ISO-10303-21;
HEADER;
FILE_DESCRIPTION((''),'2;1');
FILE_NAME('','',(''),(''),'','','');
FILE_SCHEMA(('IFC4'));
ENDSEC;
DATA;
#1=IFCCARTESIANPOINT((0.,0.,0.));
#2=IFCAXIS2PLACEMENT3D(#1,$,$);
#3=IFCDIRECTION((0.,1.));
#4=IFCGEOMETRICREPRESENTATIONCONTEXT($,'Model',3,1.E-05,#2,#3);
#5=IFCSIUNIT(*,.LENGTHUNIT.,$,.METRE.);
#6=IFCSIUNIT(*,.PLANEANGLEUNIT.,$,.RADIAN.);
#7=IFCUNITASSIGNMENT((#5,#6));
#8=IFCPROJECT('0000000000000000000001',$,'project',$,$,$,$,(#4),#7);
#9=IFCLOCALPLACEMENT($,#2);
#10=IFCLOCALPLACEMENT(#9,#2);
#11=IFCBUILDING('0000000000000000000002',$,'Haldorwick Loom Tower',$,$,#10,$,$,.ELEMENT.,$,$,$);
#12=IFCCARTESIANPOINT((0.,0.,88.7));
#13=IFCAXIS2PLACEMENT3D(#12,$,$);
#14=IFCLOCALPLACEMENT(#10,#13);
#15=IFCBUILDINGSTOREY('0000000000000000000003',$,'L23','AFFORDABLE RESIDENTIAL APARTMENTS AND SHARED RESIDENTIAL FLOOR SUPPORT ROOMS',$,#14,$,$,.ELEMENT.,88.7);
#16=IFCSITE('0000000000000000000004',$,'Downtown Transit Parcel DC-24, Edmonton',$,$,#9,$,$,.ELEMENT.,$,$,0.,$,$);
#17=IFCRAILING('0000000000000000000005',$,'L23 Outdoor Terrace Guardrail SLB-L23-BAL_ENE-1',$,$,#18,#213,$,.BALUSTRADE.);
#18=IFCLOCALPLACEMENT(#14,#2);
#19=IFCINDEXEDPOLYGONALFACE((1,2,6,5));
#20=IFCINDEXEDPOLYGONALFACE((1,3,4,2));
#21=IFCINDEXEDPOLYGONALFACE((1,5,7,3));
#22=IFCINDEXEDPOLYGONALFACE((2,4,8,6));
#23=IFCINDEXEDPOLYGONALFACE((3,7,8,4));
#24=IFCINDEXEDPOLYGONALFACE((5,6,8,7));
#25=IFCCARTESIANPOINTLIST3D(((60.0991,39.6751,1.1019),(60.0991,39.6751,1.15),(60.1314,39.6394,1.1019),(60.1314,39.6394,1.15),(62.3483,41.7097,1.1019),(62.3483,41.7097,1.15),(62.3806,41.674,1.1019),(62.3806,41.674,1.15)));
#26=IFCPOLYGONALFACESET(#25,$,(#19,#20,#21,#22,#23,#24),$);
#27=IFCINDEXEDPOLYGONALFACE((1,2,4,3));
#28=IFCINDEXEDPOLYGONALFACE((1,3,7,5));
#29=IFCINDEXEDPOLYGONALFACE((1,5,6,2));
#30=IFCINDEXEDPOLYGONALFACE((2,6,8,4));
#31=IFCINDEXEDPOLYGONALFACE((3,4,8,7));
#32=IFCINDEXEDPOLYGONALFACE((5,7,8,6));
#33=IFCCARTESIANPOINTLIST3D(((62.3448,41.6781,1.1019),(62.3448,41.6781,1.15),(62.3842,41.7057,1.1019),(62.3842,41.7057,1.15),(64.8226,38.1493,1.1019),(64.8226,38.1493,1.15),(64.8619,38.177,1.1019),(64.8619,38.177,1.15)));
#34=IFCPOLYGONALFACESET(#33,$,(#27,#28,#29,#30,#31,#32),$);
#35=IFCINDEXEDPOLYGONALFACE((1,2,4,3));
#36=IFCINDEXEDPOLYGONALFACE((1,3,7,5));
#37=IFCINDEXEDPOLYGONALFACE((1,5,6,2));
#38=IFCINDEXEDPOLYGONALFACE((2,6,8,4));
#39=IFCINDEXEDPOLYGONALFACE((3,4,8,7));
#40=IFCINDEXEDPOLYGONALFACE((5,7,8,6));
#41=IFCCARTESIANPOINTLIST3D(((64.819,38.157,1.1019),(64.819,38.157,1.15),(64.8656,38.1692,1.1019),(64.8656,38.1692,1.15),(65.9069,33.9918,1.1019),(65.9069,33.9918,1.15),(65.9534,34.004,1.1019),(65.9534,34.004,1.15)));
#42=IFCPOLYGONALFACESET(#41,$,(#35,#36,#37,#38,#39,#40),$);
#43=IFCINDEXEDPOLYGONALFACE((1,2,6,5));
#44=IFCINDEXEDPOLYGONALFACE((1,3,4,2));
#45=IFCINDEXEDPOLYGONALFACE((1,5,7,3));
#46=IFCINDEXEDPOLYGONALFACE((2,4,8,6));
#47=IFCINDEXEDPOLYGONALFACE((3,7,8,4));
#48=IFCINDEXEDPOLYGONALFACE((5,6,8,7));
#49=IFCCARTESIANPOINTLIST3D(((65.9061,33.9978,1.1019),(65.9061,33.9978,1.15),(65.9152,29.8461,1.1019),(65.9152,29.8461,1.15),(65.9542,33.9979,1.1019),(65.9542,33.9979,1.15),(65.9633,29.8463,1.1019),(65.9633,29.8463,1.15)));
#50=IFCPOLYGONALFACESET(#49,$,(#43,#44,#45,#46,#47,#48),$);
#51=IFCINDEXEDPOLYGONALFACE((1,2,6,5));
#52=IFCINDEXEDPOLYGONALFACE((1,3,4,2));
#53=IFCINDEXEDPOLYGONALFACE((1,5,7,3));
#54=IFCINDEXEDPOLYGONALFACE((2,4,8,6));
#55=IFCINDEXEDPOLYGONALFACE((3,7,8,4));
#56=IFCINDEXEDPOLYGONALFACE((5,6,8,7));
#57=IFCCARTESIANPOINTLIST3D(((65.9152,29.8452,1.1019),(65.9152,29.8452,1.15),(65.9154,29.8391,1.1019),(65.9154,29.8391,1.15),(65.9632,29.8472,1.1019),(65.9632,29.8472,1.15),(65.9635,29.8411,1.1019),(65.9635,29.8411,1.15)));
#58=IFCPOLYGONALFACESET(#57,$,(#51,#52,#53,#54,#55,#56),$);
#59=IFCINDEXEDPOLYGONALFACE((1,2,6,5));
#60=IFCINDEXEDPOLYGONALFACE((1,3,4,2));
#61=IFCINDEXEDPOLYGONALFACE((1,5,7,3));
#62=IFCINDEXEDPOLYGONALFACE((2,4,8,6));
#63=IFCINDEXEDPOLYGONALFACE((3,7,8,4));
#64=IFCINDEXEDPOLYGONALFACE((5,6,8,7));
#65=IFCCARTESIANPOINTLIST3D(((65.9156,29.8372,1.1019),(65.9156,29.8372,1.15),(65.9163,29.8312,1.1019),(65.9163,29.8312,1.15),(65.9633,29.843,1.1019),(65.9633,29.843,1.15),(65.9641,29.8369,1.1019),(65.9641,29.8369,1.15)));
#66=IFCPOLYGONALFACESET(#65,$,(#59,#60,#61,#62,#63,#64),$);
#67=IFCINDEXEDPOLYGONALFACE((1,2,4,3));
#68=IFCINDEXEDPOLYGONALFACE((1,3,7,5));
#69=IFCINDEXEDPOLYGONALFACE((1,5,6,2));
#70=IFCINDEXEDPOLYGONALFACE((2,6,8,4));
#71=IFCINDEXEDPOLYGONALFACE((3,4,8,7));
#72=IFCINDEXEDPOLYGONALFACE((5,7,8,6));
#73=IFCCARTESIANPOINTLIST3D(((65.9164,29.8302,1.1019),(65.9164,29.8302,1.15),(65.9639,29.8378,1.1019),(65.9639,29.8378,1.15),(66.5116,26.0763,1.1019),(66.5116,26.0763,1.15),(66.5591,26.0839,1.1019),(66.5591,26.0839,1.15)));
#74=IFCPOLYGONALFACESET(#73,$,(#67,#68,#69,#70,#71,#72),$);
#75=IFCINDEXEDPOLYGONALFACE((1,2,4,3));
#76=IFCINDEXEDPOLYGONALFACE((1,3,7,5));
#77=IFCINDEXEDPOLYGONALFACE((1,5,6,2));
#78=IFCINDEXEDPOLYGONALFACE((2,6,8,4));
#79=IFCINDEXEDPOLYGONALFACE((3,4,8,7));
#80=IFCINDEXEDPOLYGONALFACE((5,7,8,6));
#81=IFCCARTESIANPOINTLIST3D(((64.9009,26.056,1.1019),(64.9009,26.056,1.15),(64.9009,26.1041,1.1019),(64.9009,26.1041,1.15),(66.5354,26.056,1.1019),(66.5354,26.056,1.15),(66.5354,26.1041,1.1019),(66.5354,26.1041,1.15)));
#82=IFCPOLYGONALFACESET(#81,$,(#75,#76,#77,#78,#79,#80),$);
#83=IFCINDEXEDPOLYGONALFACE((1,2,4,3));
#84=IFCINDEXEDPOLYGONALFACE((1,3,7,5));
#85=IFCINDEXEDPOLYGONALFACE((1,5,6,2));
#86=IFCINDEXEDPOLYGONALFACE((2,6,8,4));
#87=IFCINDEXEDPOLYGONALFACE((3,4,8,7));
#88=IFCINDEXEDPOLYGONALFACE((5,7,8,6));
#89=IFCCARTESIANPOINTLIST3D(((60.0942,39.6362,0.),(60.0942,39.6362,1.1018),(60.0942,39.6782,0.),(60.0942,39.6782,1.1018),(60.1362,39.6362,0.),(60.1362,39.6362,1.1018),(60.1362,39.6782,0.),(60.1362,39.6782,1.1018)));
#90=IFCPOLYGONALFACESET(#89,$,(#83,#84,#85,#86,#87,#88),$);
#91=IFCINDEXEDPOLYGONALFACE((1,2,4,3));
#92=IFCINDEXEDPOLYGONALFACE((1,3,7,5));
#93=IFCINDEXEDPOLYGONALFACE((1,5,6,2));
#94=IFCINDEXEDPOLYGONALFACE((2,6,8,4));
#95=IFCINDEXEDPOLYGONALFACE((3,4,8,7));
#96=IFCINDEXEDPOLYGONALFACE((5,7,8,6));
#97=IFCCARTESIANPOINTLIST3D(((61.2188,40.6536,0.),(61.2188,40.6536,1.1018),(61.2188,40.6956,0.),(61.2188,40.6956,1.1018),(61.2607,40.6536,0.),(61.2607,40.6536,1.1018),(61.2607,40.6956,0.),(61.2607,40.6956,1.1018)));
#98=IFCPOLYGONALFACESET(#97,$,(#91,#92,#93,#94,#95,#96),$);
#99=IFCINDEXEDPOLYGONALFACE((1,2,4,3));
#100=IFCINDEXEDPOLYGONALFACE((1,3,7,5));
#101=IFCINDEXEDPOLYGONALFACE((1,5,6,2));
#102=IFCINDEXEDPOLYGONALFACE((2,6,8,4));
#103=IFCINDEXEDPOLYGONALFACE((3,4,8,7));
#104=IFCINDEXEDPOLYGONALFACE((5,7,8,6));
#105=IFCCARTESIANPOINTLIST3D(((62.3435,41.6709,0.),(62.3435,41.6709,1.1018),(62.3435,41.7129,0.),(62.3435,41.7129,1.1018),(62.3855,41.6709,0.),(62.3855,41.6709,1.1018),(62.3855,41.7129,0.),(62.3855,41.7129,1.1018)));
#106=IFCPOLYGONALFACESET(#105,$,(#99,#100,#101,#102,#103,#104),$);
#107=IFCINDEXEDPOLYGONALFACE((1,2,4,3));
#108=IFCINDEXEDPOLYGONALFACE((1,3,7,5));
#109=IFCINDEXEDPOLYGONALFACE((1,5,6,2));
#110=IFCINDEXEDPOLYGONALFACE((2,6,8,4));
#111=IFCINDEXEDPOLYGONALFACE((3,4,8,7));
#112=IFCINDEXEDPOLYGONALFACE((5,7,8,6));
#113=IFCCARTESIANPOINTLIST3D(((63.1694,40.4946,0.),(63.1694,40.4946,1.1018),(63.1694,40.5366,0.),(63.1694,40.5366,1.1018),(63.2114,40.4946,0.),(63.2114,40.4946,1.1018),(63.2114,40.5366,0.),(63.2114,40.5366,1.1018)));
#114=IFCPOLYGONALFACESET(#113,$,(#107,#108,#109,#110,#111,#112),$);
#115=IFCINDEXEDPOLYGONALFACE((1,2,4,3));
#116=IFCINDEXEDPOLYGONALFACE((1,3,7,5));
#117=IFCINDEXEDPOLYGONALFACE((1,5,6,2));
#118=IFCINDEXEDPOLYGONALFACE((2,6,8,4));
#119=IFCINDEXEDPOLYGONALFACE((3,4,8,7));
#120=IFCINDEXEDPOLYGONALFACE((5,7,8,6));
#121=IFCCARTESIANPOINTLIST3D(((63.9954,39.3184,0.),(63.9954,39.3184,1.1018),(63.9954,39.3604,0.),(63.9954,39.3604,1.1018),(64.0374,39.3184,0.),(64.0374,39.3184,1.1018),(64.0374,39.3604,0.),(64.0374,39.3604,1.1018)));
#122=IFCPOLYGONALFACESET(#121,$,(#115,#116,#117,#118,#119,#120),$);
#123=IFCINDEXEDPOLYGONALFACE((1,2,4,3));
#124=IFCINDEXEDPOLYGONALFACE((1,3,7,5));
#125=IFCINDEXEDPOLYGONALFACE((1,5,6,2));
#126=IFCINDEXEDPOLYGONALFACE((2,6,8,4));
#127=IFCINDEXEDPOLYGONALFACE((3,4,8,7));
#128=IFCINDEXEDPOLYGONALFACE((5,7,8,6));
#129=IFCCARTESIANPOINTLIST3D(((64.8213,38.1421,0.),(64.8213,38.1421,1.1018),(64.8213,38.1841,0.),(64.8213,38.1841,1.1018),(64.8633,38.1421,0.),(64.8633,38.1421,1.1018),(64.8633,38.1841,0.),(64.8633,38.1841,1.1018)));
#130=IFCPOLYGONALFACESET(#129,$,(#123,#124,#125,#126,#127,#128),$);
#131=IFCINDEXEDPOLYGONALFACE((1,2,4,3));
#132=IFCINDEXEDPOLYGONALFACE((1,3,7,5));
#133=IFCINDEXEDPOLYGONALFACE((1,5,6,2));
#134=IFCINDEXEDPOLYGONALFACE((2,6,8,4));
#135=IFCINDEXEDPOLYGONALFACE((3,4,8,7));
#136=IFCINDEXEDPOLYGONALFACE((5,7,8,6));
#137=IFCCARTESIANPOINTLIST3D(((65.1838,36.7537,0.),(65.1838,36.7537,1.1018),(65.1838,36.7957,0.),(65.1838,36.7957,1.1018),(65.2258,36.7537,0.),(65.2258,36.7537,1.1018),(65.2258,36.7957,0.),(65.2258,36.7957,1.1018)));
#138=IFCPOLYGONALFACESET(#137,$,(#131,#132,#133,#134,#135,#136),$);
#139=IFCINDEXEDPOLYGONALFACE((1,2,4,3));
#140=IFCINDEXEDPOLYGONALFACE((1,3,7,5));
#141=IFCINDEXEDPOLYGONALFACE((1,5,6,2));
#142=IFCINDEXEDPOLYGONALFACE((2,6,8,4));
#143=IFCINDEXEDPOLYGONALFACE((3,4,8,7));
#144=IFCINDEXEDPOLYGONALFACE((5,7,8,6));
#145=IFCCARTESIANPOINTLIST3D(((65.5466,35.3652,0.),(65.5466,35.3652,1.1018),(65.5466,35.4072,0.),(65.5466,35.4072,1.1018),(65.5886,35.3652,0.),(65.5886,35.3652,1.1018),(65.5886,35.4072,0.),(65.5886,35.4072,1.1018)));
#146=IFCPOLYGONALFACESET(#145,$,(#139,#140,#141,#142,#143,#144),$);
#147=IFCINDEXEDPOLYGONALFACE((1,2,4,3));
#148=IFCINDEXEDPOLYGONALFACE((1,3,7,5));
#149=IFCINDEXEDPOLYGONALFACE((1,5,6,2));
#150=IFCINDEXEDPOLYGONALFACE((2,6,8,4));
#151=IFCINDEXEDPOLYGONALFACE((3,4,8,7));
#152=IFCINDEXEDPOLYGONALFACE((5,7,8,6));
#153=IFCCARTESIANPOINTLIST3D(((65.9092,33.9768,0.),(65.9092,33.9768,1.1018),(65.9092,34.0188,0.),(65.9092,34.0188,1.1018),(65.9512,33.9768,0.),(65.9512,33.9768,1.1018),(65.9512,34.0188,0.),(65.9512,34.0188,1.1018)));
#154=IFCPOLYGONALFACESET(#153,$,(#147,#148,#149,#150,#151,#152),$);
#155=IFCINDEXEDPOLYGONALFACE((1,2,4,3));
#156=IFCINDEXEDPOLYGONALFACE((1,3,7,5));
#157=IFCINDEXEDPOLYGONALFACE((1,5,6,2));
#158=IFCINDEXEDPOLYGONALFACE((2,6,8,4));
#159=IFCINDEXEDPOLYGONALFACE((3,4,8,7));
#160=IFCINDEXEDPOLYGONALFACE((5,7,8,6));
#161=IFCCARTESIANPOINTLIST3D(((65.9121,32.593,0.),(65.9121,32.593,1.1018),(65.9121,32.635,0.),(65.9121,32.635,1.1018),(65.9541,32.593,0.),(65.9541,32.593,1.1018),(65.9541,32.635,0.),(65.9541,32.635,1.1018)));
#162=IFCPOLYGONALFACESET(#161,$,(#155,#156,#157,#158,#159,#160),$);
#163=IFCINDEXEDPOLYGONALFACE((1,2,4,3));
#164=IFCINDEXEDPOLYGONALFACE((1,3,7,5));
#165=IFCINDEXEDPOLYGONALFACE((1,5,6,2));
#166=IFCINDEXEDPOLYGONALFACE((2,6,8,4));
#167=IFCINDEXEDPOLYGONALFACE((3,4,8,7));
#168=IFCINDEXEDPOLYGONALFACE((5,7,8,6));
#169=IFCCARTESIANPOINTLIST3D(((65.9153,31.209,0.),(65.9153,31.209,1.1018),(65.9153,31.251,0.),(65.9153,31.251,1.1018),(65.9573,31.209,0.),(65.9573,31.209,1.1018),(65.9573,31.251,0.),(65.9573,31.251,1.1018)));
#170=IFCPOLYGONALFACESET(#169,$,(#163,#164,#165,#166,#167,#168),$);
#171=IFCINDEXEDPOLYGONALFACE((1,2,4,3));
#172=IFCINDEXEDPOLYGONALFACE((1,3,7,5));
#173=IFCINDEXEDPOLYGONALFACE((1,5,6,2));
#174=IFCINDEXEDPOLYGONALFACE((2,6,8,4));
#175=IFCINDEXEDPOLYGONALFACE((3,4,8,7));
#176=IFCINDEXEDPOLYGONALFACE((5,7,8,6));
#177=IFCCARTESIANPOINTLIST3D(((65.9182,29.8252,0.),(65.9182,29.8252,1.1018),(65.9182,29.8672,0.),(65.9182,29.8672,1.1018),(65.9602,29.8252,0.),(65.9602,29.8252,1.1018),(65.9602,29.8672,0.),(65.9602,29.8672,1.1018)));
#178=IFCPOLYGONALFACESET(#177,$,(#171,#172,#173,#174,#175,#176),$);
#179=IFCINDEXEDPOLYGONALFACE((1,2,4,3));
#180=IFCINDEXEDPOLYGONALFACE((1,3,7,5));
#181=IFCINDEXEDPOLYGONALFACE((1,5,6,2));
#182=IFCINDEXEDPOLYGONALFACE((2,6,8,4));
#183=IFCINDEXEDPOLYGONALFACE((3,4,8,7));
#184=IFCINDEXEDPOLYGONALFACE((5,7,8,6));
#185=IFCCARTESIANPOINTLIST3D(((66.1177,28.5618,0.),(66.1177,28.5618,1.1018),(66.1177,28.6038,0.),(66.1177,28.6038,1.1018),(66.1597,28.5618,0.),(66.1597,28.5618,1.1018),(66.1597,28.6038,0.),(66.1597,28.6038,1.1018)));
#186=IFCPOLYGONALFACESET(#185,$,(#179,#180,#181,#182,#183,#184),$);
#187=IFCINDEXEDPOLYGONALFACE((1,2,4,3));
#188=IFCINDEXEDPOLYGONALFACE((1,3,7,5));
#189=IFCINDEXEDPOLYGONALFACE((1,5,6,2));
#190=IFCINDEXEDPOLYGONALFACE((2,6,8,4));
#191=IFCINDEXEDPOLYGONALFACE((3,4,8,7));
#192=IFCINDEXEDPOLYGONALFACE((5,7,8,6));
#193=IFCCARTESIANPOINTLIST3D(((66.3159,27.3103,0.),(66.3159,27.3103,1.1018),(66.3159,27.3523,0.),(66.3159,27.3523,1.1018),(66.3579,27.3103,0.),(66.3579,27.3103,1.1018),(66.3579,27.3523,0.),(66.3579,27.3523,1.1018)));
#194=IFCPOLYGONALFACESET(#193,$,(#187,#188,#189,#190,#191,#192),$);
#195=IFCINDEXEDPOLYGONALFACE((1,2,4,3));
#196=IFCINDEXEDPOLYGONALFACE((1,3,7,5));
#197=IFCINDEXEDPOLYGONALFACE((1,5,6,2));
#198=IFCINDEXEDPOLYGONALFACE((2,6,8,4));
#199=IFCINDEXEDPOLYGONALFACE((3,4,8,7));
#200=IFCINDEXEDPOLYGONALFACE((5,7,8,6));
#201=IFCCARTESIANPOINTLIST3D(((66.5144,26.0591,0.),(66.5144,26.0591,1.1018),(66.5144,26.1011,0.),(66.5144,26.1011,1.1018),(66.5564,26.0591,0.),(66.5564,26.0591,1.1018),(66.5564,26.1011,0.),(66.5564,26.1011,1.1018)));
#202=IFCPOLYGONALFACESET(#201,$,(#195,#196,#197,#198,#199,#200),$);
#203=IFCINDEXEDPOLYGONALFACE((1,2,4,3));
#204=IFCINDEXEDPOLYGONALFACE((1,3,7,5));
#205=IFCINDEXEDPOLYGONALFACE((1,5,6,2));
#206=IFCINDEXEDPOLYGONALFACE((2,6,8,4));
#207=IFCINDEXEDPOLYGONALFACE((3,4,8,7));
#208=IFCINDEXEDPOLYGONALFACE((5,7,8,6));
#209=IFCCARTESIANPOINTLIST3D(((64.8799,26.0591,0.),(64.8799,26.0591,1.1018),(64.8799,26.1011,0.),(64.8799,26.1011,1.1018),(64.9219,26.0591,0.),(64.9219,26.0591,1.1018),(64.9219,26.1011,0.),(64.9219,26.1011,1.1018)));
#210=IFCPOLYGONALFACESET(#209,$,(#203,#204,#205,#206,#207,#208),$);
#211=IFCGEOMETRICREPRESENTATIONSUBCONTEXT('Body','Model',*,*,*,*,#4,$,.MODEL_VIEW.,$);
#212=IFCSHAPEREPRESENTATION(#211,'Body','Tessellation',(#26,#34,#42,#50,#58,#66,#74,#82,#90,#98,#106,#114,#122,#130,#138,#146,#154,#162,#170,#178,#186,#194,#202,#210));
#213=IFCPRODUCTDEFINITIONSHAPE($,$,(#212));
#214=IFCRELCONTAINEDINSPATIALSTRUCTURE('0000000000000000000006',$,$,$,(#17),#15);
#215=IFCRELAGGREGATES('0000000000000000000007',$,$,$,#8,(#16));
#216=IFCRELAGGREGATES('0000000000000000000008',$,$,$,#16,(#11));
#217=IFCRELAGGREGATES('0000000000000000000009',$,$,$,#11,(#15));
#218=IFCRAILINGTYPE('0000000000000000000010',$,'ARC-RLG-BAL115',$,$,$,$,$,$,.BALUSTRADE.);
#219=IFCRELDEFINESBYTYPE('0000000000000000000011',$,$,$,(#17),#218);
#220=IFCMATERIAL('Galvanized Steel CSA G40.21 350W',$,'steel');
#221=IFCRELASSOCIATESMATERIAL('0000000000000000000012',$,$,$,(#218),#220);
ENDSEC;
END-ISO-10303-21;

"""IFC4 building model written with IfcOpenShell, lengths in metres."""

from ifc_helpers import new_model, si_unit, direction, frame, origin, origin_2d, place, context, subcontext, project, spatial, rectangle, extrude, material, type_object, element, save


model = new_model("IFC4")

# Units and contexts
model_context = context("Model", 3, precision=1e-05, world=origin(), true_north=direction((0.0, 1.0)))
body_context = subcontext(model_context, "Body", "Model", "MODEL_VIEW")
ifc_project = project(units=[si_unit("LENGTHUNIT", "METRE"), si_unit("PLANEANGLEUNIT", "RADIAN")], contexts=[model_context])

# Site, building, storey
site_placement = place(None, origin())
site = spatial("IfcSite", under=ifc_project, at=site_placement, Name="Downtown Transit Parcel DC-24, Edmonton", CompositionType="ELEMENT", RefElevation=0.0)
building_placement = place(site_placement, origin())
building = spatial("IfcBuilding", under=site, at=building_placement, Name="Haldorwick Loom Tower", CompositionType="ELEMENT")
storey_placement = place(building_placement, frame((0.0, 0.0, 88.7)))
storey = spatial("IfcBuildingStorey", under=building, at=storey_placement, Name="L23", Description="AFFORDABLE RESIDENTIAL APARTMENTS AND SHARED RESIDENTIAL FLOOR SUPPORT ROOMS", CompositionType="ELEMENT", Elevation=88.7)

# Railing
ifc_material_1 = material(Name="Galvanized Steel CSA G40.21 350W", Category="steel")
railing_type_1 = type_object("IfcRailingType", Name="ARC-RLG-BAL115", PredefinedType="BALUSTRADE", material=ifc_material_1)
railing_1_placement = place(storey_placement, frame((60.1152, 39.6572, 0.0)))
element("IfcRailing", 1, at=railing_1_placement, inside=storey, type_object=railing_type_1, Name="L23 Outdoor Terrace Guardrail SLB-L23-BAL_ENE-1", PredefinedType="BALUSTRADE", context=body_context, shape_type="SweptSolid", body=[
    extrude(rectangle(XDim=0.0481, YDim=0.0481, at=origin_2d()), frame((0.0, 0.0, 1.126), z_axis=(0.741599, 0.670844, 0.0), x_axis=(-0.670844, 0.741599, 0.0)), (0.0, 0.0, 1.0), 3.033),
    extrude(rectangle(XDim=0.0481, YDim=0.0481, at=origin_2d()), frame((2.2493, 2.0347, 1.126), z_axis=(0.574647, -0.818401, 0.0), x_axis=(0.818401, 0.574647, 0.0)), (0.0, 0.0, 1.0), 4.3118),
    extrude(rectangle(XDim=0.0481, YDim=0.0481, at=origin_2d()), frame((4.7271, -1.4941, 1.126), z_axis=(0.252704, -0.967544, 0.0), x_axis=(0.967544, 0.252704, 0.0)), (0.0, 0.0, 1.0), 4.3049),
    extrude(rectangle(XDim=0.0481, YDim=0.0481, at=origin_2d()), frame((5.8149, -5.6594, 1.126), z_axis=(0.002176, -0.999998, 0.0), x_axis=(0.999998, 0.002176, 0.0)), (0.0, 0.0, 1.0), 4.1516),
    extrude(rectangle(XDim=0.0481, YDim=0.0481, at=origin_2d()), frame((5.824, -9.811, 1.126), z_axis=(0.039968, -0.999201, 0.0), x_axis=(0.999201, 0.039968, 0.0)), (0.0, 0.0, 1.0), 0.0061),
    extrude(rectangle(XDim=0.0481, YDim=0.0481, at=origin_2d()), frame((5.8242, -9.8171, 1.126), z_axis=(0.119145, -0.992877, 0.0), x_axis=(0.992877, 0.119145, 0.0)), (0.0, 0.0, 1.0), 0.0061),
    extrude(rectangle(XDim=0.0481, YDim=0.0481, at=origin_2d()), frame((5.825, -9.8232, 1.126), z_axis=(0.156602, -0.987662, 0.0), x_axis=(0.987662, 0.156602, 0.0)), (0.0, 0.0, 1.0), 3.8008),
    extrude(rectangle(XDim=0.0481, YDim=0.0481, at=origin_2d()), frame((6.4202, -13.5771, 1.126), z_axis=(-1.0, 0.0, 0.0), x_axis=(0.0, -1.0, 0.0)), (0.0, 0.0, 1.0), 1.6345),
    extrude(rectangle(XDim=0.042, YDim=0.042, at=origin_2d()), origin(), (0.0, 0.0, 1.0), 1.1018),
    extrude(rectangle(XDim=0.042, YDim=0.042, at=origin_2d()), frame((1.1245, 1.0173, 0.0)), (0.0, 0.0, 1.0), 1.1018),
    extrude(rectangle(XDim=0.042, YDim=0.042, at=origin_2d()), frame((2.2493, 2.0347, 0.0)), (0.0, 0.0, 1.0), 1.1018),
    extrude(rectangle(XDim=0.042, YDim=0.042, at=origin_2d()), frame((3.0752, 0.8584, 0.0)), (0.0, 0.0, 1.0), 1.1018),
    extrude(rectangle(XDim=0.042, YDim=0.042, at=origin_2d()), frame((3.9011, -0.3179, 0.0)), (0.0, 0.0, 1.0), 1.1018),
    extrude(rectangle(XDim=0.042, YDim=0.042, at=origin_2d()), frame((4.7271, -1.4941, 0.0)), (0.0, 0.0, 1.0), 1.1018),
    extrude(rectangle(XDim=0.042, YDim=0.042, at=origin_2d()), frame((5.0896, -2.8826, 0.0)), (0.0, 0.0, 1.0), 1.1018),
    extrude(rectangle(XDim=0.042, YDim=0.042, at=origin_2d()), frame((5.4524, -4.271, 0.0)), (0.0, 0.0, 1.0), 1.1018),
    extrude(rectangle(XDim=0.042, YDim=0.042, at=origin_2d()), frame((5.8149, -5.6594, 0.0)), (0.0, 0.0, 1.0), 1.1018),
    extrude(rectangle(XDim=0.042, YDim=0.042, at=origin_2d()), frame((5.8179, -7.0432, 0.0)), (0.0, 0.0, 1.0), 1.1018),
    extrude(rectangle(XDim=0.042, YDim=0.042, at=origin_2d()), frame((5.821, -8.4272, 0.0)), (0.0, 0.0, 1.0), 1.1018),
    extrude(rectangle(XDim=0.042, YDim=0.042, at=origin_2d()), frame((5.824, -9.811, 0.0)), (0.0, 0.0, 1.0), 1.1018),
    extrude(rectangle(XDim=0.042, YDim=0.042, at=origin_2d()), frame((6.0234, -11.0745, 0.0)), (0.0, 0.0, 1.0), 1.1018),
    extrude(rectangle(XDim=0.042, YDim=0.042, at=origin_2d()), frame((6.2217, -12.3259, 0.0)), (0.0, 0.0, 1.0), 1.1018),
    extrude(rectangle(XDim=0.042, YDim=0.042, at=origin_2d()), frame((6.4202, -13.5771, 0.0)), (0.0, 0.0, 1.0), 1.1018),
    extrude(rectangle(XDim=0.042, YDim=0.042, at=origin_2d()), frame((4.7856, -13.5771, 0.0)), (0.0, 0.0, 1.0), 1.1018),
])

save(model, "model.ifc")
